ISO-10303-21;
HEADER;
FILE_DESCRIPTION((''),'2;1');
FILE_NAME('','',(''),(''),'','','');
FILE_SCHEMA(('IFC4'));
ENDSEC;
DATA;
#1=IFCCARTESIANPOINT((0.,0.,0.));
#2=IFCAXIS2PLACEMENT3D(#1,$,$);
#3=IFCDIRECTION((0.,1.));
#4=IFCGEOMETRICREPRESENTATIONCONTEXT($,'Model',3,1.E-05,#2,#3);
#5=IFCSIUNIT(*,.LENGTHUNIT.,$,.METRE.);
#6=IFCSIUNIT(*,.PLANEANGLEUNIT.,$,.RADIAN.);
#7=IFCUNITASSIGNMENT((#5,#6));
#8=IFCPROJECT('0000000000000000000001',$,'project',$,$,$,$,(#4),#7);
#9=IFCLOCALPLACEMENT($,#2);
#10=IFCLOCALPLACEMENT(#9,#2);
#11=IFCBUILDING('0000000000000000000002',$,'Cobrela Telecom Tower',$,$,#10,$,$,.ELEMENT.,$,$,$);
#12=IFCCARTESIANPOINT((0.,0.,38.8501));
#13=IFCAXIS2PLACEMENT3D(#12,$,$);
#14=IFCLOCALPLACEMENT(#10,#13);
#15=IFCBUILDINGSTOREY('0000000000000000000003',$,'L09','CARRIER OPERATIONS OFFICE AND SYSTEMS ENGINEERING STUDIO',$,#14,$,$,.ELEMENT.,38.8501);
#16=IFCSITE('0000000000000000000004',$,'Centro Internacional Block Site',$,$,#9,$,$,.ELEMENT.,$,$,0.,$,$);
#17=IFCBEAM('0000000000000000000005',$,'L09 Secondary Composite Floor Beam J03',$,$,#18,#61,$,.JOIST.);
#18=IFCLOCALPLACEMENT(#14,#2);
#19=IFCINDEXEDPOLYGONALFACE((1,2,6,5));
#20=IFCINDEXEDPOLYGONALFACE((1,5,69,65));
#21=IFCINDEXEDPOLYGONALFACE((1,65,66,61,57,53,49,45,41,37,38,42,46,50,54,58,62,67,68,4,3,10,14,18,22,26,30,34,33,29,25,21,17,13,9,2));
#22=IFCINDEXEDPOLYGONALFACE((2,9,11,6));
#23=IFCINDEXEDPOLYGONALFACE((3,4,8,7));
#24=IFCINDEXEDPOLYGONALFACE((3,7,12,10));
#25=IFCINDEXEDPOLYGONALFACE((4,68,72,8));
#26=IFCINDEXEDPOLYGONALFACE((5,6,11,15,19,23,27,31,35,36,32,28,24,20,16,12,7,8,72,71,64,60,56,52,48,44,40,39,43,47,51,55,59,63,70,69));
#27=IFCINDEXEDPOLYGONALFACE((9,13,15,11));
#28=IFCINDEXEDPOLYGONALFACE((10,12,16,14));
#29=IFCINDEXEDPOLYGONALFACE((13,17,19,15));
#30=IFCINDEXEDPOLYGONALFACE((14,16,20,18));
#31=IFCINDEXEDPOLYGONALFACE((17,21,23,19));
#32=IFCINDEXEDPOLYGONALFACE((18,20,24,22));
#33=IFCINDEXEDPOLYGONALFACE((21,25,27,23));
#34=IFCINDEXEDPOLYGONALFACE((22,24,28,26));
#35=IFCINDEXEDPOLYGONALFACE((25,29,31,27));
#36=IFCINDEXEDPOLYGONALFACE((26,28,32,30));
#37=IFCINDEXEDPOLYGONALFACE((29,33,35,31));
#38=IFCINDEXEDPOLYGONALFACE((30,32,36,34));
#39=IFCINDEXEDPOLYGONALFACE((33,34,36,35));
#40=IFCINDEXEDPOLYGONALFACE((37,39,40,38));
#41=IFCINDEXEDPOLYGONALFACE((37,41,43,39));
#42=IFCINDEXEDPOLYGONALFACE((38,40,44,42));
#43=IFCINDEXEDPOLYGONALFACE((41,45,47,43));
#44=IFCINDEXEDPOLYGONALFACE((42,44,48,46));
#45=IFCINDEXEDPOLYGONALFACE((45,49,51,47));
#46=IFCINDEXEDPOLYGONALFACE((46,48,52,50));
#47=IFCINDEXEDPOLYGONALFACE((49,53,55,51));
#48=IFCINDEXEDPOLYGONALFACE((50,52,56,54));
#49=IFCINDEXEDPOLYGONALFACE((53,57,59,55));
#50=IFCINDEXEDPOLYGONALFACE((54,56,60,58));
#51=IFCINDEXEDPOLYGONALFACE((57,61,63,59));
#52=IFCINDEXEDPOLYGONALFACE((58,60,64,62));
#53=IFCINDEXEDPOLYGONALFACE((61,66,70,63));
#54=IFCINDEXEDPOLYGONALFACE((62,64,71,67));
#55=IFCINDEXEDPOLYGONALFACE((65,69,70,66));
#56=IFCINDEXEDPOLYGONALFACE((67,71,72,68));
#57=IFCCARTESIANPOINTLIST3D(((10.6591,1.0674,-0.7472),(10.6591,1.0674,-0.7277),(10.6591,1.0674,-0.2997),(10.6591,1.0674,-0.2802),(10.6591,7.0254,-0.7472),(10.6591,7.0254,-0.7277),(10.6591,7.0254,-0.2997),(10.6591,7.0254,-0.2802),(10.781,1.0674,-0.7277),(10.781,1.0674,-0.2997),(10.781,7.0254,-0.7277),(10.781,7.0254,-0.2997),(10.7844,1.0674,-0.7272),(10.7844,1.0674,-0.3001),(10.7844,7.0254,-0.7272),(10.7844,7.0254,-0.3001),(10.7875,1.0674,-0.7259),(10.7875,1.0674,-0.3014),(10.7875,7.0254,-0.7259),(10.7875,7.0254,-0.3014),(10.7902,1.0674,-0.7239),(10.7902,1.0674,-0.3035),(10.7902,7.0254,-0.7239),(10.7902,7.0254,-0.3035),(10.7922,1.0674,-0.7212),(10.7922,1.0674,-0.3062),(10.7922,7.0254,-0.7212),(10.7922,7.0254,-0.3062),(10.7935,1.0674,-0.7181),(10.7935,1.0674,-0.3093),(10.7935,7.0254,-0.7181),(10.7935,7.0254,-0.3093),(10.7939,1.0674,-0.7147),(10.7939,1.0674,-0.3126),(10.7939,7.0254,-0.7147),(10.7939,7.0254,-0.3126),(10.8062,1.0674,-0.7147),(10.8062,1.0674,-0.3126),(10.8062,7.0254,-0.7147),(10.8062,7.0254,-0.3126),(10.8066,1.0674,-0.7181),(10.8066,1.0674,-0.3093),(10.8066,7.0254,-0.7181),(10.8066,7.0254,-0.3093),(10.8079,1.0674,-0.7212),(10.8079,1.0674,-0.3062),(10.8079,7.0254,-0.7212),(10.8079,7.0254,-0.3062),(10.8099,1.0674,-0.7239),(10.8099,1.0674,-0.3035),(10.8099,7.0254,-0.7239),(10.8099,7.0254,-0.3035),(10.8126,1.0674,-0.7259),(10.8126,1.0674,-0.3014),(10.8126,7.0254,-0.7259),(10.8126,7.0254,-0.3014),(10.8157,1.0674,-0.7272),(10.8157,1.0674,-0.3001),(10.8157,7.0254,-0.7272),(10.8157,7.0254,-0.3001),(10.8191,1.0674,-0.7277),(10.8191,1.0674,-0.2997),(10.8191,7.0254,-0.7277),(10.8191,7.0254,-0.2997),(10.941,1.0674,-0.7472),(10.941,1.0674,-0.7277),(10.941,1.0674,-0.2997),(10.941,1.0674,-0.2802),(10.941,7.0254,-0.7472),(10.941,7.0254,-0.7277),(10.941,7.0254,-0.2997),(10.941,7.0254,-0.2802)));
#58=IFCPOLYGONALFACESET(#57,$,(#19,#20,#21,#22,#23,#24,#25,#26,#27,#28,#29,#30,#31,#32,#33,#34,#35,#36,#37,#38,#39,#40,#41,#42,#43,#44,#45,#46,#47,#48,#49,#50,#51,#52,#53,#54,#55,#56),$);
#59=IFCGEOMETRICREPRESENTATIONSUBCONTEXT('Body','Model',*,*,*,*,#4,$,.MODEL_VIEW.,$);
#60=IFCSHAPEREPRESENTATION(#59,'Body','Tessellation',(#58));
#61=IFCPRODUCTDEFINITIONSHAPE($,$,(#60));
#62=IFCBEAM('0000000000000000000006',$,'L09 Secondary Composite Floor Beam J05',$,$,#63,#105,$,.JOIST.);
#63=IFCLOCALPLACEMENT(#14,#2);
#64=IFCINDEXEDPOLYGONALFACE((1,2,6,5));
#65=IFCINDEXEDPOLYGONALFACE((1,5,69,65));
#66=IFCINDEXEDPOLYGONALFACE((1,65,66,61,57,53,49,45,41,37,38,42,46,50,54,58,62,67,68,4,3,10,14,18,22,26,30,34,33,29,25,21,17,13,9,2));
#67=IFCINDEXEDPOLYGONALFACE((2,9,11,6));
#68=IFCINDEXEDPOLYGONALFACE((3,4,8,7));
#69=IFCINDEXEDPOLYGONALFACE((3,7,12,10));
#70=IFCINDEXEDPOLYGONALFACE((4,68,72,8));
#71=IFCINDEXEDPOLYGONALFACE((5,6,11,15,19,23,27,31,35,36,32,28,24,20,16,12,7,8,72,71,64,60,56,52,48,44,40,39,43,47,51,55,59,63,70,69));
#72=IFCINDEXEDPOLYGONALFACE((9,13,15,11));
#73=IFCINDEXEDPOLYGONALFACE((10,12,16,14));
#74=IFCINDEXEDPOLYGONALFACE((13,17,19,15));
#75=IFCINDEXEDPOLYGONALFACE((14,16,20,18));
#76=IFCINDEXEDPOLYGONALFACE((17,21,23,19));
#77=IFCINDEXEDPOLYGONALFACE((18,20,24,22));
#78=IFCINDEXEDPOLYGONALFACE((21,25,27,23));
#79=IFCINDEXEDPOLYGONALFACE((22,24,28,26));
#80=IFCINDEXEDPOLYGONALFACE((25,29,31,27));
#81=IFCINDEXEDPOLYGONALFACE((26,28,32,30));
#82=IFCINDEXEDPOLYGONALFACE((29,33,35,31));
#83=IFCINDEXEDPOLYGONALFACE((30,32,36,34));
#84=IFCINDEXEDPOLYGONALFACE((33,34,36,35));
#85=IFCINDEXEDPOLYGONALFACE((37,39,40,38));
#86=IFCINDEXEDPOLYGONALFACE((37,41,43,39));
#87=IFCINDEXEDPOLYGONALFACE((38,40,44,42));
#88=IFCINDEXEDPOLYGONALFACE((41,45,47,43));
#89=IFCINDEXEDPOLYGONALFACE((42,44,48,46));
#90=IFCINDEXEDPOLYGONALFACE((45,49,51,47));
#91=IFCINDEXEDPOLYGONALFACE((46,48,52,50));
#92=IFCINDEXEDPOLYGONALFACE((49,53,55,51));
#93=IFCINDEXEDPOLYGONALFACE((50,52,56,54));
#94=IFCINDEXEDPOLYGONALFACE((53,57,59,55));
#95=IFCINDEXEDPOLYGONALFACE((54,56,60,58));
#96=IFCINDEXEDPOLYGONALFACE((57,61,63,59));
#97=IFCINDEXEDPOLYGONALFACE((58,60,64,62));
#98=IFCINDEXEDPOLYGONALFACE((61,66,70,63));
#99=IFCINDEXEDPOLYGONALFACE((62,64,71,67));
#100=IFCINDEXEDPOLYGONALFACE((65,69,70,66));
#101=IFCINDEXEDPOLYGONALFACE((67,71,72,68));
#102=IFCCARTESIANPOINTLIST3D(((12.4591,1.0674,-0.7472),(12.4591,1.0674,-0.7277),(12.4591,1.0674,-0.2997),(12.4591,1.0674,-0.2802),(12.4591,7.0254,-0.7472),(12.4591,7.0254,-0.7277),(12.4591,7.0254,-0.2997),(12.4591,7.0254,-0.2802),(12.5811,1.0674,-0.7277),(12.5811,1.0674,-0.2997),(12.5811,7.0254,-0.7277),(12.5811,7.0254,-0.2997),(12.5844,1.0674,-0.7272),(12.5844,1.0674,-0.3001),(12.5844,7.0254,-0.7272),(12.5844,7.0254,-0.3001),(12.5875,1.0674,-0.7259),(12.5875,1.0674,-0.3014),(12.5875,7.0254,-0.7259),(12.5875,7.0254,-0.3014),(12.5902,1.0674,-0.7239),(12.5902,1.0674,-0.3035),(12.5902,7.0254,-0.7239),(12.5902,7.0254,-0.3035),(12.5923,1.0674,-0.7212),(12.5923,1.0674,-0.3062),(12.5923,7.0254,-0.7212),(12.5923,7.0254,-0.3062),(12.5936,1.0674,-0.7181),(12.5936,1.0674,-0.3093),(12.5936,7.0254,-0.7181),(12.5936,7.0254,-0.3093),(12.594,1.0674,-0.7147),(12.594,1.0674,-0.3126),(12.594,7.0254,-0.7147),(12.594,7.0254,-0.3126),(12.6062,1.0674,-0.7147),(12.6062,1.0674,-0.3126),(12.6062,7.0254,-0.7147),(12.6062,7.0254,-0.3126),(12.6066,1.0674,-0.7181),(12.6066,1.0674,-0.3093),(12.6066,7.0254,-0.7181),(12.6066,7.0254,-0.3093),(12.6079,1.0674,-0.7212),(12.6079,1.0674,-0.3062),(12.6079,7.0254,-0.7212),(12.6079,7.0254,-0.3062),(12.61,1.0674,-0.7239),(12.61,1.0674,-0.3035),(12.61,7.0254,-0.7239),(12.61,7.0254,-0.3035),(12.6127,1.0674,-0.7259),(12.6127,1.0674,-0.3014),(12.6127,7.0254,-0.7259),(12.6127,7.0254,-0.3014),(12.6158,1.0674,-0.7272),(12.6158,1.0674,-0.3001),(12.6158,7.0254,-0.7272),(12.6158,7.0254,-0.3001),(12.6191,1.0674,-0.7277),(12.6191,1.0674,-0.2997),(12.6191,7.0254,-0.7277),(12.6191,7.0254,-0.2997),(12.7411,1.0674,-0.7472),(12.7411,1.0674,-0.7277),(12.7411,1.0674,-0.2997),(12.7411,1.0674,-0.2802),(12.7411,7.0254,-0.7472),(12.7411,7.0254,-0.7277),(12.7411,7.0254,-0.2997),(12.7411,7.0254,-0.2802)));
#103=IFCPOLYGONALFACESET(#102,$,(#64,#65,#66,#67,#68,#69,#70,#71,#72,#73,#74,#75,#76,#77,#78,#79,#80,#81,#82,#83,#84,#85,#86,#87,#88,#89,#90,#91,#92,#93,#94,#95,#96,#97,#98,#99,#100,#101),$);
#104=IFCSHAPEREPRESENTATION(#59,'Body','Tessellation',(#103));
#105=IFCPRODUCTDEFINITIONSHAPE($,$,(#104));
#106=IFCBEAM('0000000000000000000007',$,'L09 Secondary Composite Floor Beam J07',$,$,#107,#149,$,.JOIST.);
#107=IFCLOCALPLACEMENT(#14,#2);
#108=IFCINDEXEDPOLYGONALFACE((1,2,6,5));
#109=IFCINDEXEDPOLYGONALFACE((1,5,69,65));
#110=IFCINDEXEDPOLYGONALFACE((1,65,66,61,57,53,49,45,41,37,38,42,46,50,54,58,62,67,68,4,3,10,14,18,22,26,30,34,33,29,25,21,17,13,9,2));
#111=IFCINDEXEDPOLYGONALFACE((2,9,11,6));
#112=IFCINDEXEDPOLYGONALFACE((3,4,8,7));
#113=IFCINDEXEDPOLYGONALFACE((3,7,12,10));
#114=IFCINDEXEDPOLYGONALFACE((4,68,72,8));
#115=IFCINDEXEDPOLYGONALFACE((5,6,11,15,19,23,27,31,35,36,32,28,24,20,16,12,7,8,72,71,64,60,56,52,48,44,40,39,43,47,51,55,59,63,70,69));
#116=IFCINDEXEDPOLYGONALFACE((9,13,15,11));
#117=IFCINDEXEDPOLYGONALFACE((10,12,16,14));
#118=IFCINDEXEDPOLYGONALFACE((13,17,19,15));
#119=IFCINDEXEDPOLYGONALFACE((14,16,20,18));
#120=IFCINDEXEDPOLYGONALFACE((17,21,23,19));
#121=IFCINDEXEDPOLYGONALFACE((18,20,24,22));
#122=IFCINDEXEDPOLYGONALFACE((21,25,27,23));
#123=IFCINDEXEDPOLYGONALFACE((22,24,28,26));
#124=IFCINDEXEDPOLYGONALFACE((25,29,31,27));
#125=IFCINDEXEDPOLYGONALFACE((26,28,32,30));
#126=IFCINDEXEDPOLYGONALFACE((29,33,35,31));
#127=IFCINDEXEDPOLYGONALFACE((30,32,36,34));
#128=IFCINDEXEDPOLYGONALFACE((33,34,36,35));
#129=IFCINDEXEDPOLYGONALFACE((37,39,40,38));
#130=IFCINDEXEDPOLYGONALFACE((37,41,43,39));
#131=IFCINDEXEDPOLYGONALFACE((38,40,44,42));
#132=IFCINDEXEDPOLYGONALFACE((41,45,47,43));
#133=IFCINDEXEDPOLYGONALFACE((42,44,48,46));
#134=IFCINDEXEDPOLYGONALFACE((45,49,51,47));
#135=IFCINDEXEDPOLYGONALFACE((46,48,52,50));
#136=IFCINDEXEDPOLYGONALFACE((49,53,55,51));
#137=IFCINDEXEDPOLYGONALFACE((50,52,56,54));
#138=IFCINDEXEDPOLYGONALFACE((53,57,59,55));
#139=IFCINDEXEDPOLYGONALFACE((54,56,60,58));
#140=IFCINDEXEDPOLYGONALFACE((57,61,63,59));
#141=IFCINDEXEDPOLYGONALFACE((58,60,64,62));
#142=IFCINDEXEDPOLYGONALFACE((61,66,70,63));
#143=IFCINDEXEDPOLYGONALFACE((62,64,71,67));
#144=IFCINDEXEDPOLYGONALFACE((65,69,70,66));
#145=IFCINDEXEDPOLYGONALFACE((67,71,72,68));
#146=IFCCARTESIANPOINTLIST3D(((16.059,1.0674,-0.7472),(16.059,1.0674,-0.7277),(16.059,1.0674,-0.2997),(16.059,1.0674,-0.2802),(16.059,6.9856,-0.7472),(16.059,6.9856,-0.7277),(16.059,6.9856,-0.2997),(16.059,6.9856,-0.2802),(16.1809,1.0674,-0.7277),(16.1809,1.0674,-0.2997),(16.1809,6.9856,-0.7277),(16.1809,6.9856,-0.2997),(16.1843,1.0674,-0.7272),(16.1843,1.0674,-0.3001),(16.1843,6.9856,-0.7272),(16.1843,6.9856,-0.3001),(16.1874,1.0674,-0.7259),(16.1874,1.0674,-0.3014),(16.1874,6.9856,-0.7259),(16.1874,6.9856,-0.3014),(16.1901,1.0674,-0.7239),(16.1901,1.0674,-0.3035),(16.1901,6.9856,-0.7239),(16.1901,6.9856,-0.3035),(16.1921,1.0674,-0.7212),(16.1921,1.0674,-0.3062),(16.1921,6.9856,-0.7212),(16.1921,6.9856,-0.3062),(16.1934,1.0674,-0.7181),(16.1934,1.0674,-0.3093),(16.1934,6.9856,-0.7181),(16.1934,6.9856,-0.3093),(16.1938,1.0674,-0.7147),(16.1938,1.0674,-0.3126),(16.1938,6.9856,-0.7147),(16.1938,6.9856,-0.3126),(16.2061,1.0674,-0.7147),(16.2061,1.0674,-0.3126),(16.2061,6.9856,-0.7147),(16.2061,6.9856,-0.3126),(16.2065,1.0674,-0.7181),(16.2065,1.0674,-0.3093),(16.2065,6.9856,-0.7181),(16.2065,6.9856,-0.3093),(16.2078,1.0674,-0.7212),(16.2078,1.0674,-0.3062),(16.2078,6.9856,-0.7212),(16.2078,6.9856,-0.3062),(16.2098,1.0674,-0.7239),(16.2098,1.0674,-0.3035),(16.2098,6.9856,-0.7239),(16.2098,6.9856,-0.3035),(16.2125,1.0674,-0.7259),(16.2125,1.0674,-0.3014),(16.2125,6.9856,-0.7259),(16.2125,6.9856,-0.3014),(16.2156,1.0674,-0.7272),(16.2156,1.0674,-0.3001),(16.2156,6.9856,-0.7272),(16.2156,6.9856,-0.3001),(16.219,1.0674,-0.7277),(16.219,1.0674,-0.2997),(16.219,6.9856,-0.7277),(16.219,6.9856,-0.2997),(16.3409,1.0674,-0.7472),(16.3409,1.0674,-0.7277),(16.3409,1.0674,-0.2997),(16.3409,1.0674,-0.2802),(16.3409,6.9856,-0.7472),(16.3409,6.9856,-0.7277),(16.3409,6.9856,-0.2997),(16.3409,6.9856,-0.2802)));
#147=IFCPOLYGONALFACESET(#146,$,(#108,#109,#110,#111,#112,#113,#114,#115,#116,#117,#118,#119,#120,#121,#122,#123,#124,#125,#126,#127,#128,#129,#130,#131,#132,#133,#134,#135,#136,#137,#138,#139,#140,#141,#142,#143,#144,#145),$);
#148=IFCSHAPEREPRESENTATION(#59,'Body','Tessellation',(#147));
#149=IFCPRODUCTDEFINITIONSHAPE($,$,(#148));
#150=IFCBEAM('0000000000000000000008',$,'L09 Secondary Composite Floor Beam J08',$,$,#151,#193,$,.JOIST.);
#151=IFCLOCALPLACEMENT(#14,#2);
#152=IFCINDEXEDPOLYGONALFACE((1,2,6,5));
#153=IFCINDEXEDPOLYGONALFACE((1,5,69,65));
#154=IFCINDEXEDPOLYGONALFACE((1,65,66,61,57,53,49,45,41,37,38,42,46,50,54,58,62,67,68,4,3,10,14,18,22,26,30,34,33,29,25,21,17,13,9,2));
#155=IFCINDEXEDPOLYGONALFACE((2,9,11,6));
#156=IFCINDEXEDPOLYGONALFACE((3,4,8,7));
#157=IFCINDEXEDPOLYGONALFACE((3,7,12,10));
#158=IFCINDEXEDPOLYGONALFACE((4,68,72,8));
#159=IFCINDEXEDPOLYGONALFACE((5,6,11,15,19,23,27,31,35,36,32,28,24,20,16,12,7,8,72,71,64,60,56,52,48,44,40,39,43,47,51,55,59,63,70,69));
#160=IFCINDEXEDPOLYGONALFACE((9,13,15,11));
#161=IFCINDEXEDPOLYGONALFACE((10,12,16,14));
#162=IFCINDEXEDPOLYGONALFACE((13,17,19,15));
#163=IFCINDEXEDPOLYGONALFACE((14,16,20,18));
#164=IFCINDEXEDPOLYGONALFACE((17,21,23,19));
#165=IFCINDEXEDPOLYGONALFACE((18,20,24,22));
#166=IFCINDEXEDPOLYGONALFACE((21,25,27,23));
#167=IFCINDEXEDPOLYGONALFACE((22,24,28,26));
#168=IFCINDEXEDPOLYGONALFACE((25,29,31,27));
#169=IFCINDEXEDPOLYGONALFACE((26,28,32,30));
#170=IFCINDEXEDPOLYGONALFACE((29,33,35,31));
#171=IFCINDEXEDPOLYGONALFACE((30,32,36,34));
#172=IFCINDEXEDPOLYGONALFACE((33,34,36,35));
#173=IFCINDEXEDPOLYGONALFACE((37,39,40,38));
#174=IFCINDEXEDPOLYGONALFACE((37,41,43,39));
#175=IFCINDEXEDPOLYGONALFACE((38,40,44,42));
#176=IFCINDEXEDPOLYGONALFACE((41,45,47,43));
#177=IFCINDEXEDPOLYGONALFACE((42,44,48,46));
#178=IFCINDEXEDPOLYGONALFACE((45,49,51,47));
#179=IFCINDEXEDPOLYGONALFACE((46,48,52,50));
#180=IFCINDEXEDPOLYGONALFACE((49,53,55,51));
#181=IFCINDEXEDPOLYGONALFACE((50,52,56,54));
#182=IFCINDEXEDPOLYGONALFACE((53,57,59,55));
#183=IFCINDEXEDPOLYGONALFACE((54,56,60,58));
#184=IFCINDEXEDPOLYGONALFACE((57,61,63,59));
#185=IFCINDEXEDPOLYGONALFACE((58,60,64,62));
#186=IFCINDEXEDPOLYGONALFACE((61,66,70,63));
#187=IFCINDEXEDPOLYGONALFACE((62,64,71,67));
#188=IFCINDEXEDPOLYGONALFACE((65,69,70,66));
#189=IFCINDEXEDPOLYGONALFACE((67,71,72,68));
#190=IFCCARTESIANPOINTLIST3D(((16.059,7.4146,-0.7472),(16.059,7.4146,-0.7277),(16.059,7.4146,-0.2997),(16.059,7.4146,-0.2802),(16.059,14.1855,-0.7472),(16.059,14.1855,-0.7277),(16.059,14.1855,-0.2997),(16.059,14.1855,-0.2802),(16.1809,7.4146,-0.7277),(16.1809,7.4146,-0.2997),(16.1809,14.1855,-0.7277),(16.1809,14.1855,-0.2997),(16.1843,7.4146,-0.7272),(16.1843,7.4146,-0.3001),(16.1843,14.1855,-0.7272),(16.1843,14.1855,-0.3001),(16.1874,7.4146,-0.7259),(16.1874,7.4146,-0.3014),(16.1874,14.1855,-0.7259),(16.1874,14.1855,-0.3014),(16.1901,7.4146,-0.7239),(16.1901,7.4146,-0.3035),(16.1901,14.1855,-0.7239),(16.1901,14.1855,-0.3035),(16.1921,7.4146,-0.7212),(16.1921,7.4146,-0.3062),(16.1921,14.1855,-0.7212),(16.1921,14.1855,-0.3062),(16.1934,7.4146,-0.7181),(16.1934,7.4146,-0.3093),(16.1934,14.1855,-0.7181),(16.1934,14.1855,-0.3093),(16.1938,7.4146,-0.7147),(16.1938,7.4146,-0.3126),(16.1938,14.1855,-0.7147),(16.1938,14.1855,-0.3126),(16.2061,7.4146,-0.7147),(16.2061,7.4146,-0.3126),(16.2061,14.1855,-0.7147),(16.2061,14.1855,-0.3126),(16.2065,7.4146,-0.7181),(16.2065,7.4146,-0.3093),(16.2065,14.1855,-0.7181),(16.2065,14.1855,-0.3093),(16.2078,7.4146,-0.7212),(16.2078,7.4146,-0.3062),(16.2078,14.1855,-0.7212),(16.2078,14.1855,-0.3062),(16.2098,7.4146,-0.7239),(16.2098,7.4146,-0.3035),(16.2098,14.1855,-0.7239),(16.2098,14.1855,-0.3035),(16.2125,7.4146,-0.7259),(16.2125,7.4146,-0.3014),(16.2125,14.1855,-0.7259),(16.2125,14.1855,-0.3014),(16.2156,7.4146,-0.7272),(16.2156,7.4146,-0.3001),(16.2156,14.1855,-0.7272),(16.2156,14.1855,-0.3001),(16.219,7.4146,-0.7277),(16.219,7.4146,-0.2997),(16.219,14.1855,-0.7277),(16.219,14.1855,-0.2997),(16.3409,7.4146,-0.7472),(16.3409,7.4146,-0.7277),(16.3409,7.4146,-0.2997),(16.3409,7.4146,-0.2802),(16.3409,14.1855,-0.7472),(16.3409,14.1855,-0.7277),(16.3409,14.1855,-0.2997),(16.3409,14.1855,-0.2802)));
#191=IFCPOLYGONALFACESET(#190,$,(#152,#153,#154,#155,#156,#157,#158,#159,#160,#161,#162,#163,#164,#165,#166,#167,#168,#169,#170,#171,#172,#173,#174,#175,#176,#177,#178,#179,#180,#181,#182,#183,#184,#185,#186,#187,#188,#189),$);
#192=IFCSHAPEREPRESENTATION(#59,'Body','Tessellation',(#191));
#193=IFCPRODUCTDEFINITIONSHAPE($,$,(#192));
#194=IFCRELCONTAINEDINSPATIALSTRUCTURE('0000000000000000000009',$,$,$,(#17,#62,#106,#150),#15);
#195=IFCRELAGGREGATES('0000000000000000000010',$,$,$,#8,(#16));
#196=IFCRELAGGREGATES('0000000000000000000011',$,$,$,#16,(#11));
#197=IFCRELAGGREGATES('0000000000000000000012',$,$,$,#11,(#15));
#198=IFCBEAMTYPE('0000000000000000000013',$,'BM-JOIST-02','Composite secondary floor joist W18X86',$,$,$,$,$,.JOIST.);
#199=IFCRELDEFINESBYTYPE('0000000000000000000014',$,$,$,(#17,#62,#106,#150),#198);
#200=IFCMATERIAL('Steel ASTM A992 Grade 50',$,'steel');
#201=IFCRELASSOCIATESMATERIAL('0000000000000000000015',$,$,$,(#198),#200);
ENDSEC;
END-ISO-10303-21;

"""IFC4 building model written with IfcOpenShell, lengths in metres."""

from ifc_helpers import new_model, si_unit, direction, frame, origin, origin_2d, place, context, subcontext, project, spatial, i_section, extrude, material, material_profile, profile_set, type_object, element, save


model = new_model("IFC4")

# Units and contexts
model_context = context("Model", 3, precision=1e-05, world=origin(), true_north=direction((0.0, 1.0)))
body_context = subcontext(model_context, "Body", "Model", "MODEL_VIEW")
ifc_project = project(units=[si_unit("LENGTHUNIT", "METRE"), si_unit("PLANEANGLEUNIT", "RADIAN")], contexts=[model_context])

# Site, building, storey
site_placement = place(None, origin())
site = spatial("IfcSite", under=ifc_project, at=site_placement, Name="Centro Internacional Block Site", CompositionType="ELEMENT", RefElevation=0.0)
building_placement = place(site_placement, origin())
building = spatial("IfcBuilding", under=site, at=building_placement, Name="Cobrela Telecom Tower", CompositionType="ELEMENT")
storey_placement = place(building_placement, frame((0.0, 0.0, 38.8501)))
storey = spatial("IfcBuildingStorey", under=building, at=storey_placement, Name="L09", Description="CARRIER OPERATIONS OFFICE AND SYSTEMS ENGINEERING STUDIO", CompositionType="ELEMENT", Elevation=38.8501)

# Beams
ifc_material_1 = material(Name="Steel ASTM A992 Grade 50", Category="steel")
ifc_material_profile_1 = material_profile(ifc_material_1, i_section(OverallWidth=0.282, OverallDepth=0.467, WebThickness=0.0122, FlangeThickness=0.0195, FilletRadius=0.0129, at=origin_2d()), Name="W18X86")
ifc_profile_set_1 = profile_set([ifc_material_profile_1], Name="Steel ASTM A992 Grade 50")
beam_type_1 = type_object("IfcBeamType", Name="BM-JOIST-02", Description="Composite secondary floor joist W18X86", PredefinedType="JOIST", material=ifc_profile_set_1)
for number, where, z_axis, x_axis, name in (
    (1, (10.8, 1.0674, -0.5137), (0.0, 1.0, 0.0), (-1.0, 0.0, 0.0), "L09 Secondary Composite Floor Beam J03"),
    (2, (12.6001, 1.0674, -0.5137), (0.0, 1.0, 0.0), (-1.0, 0.0, 0.0), "L09 Secondary Composite Floor Beam J05"),
):
    element("IfcBeam", number, at=place(storey_placement, frame(where, z_axis=z_axis, x_axis=x_axis)), inside=storey, type_object=beam_type_1, Name=name, PredefinedType="JOIST", context=body_context, shape_type="SweptSolid", body=[
        extrude(i_section(OverallWidth=0.282, OverallDepth=0.467, WebThickness=0.0122, FlangeThickness=0.0195, FilletRadius=0.0129, at=origin_2d()), origin(), (0.0, 0.0, 1.0), 5.958),
    ])
beam_1_placement = place(storey_placement, frame((16.2, 1.0674, -0.5137), z_axis=(0.0, 1.0, 0.0), x_axis=(-1.0, 0.0, 0.0)))
element("IfcBeam", 3, at=beam_1_placement, inside=storey, type_object=beam_type_1, Name="L09 Secondary Composite Floor Beam J07", PredefinedType="JOIST", context=body_context, shape_type="SweptSolid", body=[
    extrude(i_section(OverallWidth=0.282, OverallDepth=0.467, WebThickness=0.0122, FlangeThickness=0.0195, FilletRadius=0.0129, at=origin_2d()), origin(), (0.0, 0.0, 1.0), 5.9182),
])
beam_2_placement = place(storey_placement, frame((16.2, 7.4146, -0.5137), z_axis=(0.0, 1.0, 0.0), x_axis=(-1.0, 0.0, 0.0)))
element("IfcBeam", 4, at=beam_2_placement, inside=storey, type_object=beam_type_1, Name="L09 Secondary Composite Floor Beam J08", PredefinedType="JOIST", context=body_context, shape_type="SweptSolid", body=[
    extrude(i_section(OverallWidth=0.282, OverallDepth=0.467, WebThickness=0.0122, FlangeThickness=0.0195, FilletRadius=0.0129, at=origin_2d()), origin(), (0.0, 0.0, 1.0), 6.771),
])

save(model, "model.ifc")
